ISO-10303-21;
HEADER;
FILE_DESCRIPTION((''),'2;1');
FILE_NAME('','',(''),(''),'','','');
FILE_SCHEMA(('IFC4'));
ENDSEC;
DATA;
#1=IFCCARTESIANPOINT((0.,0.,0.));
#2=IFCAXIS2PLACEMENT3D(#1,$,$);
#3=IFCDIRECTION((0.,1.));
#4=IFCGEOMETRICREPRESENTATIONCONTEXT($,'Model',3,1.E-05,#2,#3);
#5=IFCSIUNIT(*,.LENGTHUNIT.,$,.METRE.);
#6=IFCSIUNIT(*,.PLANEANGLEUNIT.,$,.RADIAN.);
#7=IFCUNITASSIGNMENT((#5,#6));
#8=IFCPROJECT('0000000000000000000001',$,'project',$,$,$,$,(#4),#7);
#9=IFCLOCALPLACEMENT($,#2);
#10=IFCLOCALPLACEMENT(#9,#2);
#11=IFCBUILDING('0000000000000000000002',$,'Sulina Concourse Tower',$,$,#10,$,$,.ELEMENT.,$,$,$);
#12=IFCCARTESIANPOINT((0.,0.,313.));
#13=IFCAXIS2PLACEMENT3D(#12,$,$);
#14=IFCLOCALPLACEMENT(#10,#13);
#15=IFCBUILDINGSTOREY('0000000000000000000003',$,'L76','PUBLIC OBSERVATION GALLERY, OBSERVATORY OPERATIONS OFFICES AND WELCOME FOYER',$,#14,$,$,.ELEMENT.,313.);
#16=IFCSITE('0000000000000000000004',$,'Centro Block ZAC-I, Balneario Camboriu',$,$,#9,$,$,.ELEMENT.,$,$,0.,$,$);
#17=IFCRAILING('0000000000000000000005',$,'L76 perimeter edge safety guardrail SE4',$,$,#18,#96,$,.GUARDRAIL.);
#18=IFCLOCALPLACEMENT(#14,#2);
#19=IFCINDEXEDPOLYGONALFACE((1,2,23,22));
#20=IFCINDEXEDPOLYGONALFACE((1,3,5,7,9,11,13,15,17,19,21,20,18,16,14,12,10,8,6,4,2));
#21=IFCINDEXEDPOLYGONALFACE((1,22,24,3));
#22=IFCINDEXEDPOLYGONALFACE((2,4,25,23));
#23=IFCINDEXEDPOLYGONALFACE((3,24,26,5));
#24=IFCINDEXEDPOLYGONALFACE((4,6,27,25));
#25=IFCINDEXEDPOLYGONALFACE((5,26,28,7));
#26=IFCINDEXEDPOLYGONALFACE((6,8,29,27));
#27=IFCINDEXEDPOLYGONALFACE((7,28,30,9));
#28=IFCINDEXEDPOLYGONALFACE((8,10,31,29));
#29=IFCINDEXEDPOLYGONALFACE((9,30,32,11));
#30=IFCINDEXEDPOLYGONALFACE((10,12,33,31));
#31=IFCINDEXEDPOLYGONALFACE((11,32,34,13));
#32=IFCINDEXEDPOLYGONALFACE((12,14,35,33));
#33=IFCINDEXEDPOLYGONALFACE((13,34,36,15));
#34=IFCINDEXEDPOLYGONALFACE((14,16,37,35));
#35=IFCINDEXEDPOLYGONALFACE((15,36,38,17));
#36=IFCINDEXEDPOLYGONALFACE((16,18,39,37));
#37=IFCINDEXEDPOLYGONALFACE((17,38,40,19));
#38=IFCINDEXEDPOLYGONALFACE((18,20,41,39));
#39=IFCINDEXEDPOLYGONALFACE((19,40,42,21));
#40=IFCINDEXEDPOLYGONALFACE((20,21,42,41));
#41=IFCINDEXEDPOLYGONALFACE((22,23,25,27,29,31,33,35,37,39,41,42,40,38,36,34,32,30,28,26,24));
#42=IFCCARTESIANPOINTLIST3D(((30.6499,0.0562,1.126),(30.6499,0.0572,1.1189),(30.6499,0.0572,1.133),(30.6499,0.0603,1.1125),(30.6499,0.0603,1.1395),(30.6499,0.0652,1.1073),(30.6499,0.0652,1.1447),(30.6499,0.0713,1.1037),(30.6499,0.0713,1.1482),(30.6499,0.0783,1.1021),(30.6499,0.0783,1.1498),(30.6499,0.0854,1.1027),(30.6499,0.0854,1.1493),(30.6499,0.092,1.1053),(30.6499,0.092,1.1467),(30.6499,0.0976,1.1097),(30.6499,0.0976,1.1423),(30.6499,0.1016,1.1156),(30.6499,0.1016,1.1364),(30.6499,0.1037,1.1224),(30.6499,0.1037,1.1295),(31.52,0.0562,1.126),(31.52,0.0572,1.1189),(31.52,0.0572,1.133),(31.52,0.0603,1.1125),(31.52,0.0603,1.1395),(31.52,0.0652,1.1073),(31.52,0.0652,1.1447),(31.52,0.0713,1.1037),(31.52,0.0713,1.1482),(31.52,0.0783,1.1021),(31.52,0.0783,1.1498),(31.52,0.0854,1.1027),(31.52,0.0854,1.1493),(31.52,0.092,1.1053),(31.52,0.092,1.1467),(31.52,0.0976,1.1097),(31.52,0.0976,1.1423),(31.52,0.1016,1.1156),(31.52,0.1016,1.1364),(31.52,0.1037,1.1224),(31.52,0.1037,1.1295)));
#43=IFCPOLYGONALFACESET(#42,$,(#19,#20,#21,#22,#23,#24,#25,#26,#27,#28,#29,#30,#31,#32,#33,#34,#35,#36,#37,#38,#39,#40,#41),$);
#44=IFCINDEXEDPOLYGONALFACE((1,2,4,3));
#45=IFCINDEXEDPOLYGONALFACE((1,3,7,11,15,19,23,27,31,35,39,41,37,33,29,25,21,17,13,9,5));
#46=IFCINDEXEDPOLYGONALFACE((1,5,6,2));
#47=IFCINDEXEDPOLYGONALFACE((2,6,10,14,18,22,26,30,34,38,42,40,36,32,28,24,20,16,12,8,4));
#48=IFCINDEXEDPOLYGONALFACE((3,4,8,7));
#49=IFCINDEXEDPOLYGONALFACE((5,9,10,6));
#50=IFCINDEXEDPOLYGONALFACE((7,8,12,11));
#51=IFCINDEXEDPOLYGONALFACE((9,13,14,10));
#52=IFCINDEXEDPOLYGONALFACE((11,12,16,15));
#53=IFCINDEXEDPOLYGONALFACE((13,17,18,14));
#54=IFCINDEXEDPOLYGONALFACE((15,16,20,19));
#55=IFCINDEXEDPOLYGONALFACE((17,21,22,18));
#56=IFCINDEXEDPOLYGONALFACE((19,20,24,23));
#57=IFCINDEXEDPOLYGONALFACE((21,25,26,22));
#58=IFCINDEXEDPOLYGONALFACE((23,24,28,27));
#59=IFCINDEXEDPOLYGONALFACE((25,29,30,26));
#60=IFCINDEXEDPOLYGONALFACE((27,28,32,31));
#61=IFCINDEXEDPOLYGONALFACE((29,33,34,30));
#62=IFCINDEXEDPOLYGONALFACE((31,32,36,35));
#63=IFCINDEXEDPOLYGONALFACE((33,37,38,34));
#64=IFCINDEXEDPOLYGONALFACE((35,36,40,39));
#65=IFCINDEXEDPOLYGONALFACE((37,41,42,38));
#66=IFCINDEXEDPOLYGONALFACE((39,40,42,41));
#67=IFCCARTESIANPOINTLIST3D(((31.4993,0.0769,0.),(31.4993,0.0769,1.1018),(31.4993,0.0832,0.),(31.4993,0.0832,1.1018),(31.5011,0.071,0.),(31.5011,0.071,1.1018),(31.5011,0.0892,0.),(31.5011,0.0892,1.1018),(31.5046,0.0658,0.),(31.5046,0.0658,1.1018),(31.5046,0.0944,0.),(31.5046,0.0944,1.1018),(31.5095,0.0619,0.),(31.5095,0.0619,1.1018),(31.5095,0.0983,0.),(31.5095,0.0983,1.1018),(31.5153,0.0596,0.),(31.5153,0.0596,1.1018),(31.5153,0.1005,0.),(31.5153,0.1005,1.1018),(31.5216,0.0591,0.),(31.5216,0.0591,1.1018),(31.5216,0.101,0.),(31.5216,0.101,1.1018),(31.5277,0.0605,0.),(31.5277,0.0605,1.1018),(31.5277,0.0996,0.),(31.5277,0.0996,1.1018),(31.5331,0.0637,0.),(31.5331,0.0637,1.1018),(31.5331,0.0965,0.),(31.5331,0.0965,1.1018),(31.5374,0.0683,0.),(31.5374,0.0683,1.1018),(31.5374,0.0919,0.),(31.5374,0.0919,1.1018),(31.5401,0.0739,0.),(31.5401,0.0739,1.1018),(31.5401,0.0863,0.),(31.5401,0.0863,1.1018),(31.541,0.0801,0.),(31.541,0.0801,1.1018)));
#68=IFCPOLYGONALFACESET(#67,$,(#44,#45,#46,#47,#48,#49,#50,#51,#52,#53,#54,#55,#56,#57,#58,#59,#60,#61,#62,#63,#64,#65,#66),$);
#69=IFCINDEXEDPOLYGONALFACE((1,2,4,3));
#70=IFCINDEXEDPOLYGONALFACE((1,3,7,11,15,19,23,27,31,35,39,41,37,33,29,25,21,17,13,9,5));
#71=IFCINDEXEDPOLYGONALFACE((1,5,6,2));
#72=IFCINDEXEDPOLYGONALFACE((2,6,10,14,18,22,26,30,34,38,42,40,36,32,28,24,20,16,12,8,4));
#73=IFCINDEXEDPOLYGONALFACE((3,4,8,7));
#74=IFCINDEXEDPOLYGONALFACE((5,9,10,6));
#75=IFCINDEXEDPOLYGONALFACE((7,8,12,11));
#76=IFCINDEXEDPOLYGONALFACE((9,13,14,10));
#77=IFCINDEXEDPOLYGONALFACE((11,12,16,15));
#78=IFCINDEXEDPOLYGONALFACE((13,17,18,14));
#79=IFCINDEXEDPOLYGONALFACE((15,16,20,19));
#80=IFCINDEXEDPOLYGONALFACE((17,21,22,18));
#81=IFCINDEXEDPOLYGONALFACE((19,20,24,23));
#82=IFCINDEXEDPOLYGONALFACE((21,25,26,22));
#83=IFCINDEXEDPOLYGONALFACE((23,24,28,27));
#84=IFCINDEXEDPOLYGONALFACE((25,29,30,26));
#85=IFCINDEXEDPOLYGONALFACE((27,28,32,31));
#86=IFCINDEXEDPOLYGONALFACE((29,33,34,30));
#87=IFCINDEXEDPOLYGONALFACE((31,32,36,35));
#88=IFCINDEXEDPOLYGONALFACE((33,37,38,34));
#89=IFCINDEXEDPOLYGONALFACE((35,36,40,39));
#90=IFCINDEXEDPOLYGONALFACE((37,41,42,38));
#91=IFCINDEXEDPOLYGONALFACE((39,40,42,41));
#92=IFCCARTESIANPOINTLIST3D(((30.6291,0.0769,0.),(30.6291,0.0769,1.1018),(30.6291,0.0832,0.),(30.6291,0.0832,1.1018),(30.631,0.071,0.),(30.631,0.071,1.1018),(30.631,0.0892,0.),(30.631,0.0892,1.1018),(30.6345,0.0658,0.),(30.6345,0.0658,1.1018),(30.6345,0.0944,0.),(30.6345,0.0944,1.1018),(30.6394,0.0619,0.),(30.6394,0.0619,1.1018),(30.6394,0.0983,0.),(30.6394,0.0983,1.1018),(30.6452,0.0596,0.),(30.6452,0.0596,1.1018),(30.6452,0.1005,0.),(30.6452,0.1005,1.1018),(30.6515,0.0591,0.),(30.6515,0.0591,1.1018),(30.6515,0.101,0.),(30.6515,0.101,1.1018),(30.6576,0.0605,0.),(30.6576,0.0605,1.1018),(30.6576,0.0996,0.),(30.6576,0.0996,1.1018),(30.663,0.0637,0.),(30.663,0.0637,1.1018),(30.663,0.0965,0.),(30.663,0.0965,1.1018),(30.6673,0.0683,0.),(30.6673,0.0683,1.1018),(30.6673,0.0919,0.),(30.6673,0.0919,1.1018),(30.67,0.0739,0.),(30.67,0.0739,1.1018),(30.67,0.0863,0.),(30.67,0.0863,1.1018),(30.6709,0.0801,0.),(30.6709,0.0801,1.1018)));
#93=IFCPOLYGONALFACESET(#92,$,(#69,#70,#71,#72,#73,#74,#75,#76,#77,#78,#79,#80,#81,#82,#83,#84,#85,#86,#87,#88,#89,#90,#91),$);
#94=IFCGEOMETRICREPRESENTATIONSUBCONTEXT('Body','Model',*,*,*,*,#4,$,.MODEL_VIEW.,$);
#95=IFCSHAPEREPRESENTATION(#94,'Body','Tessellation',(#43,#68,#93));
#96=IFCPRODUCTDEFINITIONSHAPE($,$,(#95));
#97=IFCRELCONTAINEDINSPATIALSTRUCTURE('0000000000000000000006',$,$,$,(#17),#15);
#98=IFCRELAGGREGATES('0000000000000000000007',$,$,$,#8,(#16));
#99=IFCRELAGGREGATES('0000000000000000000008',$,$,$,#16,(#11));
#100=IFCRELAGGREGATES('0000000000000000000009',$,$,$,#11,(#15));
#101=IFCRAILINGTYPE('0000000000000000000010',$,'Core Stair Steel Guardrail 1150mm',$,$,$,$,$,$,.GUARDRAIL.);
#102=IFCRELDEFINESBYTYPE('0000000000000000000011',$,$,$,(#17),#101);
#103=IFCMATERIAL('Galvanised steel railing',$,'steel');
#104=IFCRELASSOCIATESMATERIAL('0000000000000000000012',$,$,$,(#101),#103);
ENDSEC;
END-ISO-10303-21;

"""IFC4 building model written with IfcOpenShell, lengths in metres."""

from ifc_helpers import new_model, si_unit, direction, frame, origin, origin_2d, place, context, subcontext, project, spatial, circle, extrude, material, type_object, element, save


model = new_model("IFC4")

# Units and contexts
model_context = context("Model", 3, precision=1e-05, world=origin(), true_north=direction((0.0, 1.0)))
body_context = subcontext(model_context, "Body", "Model", "MODEL_VIEW")
ifc_project = project(units=[si_unit("LENGTHUNIT", "METRE"), si_unit("PLANEANGLEUNIT", "RADIAN")], contexts=[model_context])

# Site, building, storey
site_placement = place(None, origin())
site = spatial("IfcSite", under=ifc_project, at=site_placement, Name="Centro Block ZAC-I, Balneario Camboriu", CompositionType="ELEMENT", RefElevation=0.0)
building_placement = place(site_placement, origin())
building = spatial("IfcBuilding", under=site, at=building_placement, Name="Sulina Concourse Tower", CompositionType="ELEMENT")
storey_placement = place(building_placement, frame((0.0, 0.0, 313.0)))
storey = spatial("IfcBuildingStorey", under=building, at=storey_placement, Name="L76", Description="PUBLIC OBSERVATION GALLERY, OBSERVATORY OPERATIONS OFFICES AND WELCOME FOYER", CompositionType="ELEMENT", Elevation=313.0)

# Railing
ifc_material_1 = material(Name="Galvanised steel railing", Category="steel")
railing_type = type_object("IfcRailingType", Name="Core Stair Steel Guardrail 1150mm", PredefinedType="GUARDRAIL", material=ifc_material_1)
railing_1_placement = place(storey_placement, frame((31.52, 0.0801, 0.0)))
element("IfcRailing", 1, at=railing_1_placement, inside=storey, type_object=railing_type, Name="L76 perimeter edge safety guardrail SE4", PredefinedType="GUARDRAIL", context=body_context, shape_type="SweptSolid", body=[
    extrude(circle(Radius=0.0239, at=origin_2d()), frame((0.0, 0.0, 1.126), z_axis=(-1.0, 0.0, 0.0), x_axis=(0.0, -1.0, 0.0)), (0.0, 0.0, 1.0), 0.8701),
    extrude(circle(Radius=0.021, at=origin_2d()), origin(), (0.0, 0.0, 1.0), 1.1018),
    extrude(circle(Radius=0.021, at=origin_2d()), frame((-0.8701, 0.0, 0.0)), (0.0, 0.0, 1.0), 1.1018),
])

save(model, "model.ifc")
